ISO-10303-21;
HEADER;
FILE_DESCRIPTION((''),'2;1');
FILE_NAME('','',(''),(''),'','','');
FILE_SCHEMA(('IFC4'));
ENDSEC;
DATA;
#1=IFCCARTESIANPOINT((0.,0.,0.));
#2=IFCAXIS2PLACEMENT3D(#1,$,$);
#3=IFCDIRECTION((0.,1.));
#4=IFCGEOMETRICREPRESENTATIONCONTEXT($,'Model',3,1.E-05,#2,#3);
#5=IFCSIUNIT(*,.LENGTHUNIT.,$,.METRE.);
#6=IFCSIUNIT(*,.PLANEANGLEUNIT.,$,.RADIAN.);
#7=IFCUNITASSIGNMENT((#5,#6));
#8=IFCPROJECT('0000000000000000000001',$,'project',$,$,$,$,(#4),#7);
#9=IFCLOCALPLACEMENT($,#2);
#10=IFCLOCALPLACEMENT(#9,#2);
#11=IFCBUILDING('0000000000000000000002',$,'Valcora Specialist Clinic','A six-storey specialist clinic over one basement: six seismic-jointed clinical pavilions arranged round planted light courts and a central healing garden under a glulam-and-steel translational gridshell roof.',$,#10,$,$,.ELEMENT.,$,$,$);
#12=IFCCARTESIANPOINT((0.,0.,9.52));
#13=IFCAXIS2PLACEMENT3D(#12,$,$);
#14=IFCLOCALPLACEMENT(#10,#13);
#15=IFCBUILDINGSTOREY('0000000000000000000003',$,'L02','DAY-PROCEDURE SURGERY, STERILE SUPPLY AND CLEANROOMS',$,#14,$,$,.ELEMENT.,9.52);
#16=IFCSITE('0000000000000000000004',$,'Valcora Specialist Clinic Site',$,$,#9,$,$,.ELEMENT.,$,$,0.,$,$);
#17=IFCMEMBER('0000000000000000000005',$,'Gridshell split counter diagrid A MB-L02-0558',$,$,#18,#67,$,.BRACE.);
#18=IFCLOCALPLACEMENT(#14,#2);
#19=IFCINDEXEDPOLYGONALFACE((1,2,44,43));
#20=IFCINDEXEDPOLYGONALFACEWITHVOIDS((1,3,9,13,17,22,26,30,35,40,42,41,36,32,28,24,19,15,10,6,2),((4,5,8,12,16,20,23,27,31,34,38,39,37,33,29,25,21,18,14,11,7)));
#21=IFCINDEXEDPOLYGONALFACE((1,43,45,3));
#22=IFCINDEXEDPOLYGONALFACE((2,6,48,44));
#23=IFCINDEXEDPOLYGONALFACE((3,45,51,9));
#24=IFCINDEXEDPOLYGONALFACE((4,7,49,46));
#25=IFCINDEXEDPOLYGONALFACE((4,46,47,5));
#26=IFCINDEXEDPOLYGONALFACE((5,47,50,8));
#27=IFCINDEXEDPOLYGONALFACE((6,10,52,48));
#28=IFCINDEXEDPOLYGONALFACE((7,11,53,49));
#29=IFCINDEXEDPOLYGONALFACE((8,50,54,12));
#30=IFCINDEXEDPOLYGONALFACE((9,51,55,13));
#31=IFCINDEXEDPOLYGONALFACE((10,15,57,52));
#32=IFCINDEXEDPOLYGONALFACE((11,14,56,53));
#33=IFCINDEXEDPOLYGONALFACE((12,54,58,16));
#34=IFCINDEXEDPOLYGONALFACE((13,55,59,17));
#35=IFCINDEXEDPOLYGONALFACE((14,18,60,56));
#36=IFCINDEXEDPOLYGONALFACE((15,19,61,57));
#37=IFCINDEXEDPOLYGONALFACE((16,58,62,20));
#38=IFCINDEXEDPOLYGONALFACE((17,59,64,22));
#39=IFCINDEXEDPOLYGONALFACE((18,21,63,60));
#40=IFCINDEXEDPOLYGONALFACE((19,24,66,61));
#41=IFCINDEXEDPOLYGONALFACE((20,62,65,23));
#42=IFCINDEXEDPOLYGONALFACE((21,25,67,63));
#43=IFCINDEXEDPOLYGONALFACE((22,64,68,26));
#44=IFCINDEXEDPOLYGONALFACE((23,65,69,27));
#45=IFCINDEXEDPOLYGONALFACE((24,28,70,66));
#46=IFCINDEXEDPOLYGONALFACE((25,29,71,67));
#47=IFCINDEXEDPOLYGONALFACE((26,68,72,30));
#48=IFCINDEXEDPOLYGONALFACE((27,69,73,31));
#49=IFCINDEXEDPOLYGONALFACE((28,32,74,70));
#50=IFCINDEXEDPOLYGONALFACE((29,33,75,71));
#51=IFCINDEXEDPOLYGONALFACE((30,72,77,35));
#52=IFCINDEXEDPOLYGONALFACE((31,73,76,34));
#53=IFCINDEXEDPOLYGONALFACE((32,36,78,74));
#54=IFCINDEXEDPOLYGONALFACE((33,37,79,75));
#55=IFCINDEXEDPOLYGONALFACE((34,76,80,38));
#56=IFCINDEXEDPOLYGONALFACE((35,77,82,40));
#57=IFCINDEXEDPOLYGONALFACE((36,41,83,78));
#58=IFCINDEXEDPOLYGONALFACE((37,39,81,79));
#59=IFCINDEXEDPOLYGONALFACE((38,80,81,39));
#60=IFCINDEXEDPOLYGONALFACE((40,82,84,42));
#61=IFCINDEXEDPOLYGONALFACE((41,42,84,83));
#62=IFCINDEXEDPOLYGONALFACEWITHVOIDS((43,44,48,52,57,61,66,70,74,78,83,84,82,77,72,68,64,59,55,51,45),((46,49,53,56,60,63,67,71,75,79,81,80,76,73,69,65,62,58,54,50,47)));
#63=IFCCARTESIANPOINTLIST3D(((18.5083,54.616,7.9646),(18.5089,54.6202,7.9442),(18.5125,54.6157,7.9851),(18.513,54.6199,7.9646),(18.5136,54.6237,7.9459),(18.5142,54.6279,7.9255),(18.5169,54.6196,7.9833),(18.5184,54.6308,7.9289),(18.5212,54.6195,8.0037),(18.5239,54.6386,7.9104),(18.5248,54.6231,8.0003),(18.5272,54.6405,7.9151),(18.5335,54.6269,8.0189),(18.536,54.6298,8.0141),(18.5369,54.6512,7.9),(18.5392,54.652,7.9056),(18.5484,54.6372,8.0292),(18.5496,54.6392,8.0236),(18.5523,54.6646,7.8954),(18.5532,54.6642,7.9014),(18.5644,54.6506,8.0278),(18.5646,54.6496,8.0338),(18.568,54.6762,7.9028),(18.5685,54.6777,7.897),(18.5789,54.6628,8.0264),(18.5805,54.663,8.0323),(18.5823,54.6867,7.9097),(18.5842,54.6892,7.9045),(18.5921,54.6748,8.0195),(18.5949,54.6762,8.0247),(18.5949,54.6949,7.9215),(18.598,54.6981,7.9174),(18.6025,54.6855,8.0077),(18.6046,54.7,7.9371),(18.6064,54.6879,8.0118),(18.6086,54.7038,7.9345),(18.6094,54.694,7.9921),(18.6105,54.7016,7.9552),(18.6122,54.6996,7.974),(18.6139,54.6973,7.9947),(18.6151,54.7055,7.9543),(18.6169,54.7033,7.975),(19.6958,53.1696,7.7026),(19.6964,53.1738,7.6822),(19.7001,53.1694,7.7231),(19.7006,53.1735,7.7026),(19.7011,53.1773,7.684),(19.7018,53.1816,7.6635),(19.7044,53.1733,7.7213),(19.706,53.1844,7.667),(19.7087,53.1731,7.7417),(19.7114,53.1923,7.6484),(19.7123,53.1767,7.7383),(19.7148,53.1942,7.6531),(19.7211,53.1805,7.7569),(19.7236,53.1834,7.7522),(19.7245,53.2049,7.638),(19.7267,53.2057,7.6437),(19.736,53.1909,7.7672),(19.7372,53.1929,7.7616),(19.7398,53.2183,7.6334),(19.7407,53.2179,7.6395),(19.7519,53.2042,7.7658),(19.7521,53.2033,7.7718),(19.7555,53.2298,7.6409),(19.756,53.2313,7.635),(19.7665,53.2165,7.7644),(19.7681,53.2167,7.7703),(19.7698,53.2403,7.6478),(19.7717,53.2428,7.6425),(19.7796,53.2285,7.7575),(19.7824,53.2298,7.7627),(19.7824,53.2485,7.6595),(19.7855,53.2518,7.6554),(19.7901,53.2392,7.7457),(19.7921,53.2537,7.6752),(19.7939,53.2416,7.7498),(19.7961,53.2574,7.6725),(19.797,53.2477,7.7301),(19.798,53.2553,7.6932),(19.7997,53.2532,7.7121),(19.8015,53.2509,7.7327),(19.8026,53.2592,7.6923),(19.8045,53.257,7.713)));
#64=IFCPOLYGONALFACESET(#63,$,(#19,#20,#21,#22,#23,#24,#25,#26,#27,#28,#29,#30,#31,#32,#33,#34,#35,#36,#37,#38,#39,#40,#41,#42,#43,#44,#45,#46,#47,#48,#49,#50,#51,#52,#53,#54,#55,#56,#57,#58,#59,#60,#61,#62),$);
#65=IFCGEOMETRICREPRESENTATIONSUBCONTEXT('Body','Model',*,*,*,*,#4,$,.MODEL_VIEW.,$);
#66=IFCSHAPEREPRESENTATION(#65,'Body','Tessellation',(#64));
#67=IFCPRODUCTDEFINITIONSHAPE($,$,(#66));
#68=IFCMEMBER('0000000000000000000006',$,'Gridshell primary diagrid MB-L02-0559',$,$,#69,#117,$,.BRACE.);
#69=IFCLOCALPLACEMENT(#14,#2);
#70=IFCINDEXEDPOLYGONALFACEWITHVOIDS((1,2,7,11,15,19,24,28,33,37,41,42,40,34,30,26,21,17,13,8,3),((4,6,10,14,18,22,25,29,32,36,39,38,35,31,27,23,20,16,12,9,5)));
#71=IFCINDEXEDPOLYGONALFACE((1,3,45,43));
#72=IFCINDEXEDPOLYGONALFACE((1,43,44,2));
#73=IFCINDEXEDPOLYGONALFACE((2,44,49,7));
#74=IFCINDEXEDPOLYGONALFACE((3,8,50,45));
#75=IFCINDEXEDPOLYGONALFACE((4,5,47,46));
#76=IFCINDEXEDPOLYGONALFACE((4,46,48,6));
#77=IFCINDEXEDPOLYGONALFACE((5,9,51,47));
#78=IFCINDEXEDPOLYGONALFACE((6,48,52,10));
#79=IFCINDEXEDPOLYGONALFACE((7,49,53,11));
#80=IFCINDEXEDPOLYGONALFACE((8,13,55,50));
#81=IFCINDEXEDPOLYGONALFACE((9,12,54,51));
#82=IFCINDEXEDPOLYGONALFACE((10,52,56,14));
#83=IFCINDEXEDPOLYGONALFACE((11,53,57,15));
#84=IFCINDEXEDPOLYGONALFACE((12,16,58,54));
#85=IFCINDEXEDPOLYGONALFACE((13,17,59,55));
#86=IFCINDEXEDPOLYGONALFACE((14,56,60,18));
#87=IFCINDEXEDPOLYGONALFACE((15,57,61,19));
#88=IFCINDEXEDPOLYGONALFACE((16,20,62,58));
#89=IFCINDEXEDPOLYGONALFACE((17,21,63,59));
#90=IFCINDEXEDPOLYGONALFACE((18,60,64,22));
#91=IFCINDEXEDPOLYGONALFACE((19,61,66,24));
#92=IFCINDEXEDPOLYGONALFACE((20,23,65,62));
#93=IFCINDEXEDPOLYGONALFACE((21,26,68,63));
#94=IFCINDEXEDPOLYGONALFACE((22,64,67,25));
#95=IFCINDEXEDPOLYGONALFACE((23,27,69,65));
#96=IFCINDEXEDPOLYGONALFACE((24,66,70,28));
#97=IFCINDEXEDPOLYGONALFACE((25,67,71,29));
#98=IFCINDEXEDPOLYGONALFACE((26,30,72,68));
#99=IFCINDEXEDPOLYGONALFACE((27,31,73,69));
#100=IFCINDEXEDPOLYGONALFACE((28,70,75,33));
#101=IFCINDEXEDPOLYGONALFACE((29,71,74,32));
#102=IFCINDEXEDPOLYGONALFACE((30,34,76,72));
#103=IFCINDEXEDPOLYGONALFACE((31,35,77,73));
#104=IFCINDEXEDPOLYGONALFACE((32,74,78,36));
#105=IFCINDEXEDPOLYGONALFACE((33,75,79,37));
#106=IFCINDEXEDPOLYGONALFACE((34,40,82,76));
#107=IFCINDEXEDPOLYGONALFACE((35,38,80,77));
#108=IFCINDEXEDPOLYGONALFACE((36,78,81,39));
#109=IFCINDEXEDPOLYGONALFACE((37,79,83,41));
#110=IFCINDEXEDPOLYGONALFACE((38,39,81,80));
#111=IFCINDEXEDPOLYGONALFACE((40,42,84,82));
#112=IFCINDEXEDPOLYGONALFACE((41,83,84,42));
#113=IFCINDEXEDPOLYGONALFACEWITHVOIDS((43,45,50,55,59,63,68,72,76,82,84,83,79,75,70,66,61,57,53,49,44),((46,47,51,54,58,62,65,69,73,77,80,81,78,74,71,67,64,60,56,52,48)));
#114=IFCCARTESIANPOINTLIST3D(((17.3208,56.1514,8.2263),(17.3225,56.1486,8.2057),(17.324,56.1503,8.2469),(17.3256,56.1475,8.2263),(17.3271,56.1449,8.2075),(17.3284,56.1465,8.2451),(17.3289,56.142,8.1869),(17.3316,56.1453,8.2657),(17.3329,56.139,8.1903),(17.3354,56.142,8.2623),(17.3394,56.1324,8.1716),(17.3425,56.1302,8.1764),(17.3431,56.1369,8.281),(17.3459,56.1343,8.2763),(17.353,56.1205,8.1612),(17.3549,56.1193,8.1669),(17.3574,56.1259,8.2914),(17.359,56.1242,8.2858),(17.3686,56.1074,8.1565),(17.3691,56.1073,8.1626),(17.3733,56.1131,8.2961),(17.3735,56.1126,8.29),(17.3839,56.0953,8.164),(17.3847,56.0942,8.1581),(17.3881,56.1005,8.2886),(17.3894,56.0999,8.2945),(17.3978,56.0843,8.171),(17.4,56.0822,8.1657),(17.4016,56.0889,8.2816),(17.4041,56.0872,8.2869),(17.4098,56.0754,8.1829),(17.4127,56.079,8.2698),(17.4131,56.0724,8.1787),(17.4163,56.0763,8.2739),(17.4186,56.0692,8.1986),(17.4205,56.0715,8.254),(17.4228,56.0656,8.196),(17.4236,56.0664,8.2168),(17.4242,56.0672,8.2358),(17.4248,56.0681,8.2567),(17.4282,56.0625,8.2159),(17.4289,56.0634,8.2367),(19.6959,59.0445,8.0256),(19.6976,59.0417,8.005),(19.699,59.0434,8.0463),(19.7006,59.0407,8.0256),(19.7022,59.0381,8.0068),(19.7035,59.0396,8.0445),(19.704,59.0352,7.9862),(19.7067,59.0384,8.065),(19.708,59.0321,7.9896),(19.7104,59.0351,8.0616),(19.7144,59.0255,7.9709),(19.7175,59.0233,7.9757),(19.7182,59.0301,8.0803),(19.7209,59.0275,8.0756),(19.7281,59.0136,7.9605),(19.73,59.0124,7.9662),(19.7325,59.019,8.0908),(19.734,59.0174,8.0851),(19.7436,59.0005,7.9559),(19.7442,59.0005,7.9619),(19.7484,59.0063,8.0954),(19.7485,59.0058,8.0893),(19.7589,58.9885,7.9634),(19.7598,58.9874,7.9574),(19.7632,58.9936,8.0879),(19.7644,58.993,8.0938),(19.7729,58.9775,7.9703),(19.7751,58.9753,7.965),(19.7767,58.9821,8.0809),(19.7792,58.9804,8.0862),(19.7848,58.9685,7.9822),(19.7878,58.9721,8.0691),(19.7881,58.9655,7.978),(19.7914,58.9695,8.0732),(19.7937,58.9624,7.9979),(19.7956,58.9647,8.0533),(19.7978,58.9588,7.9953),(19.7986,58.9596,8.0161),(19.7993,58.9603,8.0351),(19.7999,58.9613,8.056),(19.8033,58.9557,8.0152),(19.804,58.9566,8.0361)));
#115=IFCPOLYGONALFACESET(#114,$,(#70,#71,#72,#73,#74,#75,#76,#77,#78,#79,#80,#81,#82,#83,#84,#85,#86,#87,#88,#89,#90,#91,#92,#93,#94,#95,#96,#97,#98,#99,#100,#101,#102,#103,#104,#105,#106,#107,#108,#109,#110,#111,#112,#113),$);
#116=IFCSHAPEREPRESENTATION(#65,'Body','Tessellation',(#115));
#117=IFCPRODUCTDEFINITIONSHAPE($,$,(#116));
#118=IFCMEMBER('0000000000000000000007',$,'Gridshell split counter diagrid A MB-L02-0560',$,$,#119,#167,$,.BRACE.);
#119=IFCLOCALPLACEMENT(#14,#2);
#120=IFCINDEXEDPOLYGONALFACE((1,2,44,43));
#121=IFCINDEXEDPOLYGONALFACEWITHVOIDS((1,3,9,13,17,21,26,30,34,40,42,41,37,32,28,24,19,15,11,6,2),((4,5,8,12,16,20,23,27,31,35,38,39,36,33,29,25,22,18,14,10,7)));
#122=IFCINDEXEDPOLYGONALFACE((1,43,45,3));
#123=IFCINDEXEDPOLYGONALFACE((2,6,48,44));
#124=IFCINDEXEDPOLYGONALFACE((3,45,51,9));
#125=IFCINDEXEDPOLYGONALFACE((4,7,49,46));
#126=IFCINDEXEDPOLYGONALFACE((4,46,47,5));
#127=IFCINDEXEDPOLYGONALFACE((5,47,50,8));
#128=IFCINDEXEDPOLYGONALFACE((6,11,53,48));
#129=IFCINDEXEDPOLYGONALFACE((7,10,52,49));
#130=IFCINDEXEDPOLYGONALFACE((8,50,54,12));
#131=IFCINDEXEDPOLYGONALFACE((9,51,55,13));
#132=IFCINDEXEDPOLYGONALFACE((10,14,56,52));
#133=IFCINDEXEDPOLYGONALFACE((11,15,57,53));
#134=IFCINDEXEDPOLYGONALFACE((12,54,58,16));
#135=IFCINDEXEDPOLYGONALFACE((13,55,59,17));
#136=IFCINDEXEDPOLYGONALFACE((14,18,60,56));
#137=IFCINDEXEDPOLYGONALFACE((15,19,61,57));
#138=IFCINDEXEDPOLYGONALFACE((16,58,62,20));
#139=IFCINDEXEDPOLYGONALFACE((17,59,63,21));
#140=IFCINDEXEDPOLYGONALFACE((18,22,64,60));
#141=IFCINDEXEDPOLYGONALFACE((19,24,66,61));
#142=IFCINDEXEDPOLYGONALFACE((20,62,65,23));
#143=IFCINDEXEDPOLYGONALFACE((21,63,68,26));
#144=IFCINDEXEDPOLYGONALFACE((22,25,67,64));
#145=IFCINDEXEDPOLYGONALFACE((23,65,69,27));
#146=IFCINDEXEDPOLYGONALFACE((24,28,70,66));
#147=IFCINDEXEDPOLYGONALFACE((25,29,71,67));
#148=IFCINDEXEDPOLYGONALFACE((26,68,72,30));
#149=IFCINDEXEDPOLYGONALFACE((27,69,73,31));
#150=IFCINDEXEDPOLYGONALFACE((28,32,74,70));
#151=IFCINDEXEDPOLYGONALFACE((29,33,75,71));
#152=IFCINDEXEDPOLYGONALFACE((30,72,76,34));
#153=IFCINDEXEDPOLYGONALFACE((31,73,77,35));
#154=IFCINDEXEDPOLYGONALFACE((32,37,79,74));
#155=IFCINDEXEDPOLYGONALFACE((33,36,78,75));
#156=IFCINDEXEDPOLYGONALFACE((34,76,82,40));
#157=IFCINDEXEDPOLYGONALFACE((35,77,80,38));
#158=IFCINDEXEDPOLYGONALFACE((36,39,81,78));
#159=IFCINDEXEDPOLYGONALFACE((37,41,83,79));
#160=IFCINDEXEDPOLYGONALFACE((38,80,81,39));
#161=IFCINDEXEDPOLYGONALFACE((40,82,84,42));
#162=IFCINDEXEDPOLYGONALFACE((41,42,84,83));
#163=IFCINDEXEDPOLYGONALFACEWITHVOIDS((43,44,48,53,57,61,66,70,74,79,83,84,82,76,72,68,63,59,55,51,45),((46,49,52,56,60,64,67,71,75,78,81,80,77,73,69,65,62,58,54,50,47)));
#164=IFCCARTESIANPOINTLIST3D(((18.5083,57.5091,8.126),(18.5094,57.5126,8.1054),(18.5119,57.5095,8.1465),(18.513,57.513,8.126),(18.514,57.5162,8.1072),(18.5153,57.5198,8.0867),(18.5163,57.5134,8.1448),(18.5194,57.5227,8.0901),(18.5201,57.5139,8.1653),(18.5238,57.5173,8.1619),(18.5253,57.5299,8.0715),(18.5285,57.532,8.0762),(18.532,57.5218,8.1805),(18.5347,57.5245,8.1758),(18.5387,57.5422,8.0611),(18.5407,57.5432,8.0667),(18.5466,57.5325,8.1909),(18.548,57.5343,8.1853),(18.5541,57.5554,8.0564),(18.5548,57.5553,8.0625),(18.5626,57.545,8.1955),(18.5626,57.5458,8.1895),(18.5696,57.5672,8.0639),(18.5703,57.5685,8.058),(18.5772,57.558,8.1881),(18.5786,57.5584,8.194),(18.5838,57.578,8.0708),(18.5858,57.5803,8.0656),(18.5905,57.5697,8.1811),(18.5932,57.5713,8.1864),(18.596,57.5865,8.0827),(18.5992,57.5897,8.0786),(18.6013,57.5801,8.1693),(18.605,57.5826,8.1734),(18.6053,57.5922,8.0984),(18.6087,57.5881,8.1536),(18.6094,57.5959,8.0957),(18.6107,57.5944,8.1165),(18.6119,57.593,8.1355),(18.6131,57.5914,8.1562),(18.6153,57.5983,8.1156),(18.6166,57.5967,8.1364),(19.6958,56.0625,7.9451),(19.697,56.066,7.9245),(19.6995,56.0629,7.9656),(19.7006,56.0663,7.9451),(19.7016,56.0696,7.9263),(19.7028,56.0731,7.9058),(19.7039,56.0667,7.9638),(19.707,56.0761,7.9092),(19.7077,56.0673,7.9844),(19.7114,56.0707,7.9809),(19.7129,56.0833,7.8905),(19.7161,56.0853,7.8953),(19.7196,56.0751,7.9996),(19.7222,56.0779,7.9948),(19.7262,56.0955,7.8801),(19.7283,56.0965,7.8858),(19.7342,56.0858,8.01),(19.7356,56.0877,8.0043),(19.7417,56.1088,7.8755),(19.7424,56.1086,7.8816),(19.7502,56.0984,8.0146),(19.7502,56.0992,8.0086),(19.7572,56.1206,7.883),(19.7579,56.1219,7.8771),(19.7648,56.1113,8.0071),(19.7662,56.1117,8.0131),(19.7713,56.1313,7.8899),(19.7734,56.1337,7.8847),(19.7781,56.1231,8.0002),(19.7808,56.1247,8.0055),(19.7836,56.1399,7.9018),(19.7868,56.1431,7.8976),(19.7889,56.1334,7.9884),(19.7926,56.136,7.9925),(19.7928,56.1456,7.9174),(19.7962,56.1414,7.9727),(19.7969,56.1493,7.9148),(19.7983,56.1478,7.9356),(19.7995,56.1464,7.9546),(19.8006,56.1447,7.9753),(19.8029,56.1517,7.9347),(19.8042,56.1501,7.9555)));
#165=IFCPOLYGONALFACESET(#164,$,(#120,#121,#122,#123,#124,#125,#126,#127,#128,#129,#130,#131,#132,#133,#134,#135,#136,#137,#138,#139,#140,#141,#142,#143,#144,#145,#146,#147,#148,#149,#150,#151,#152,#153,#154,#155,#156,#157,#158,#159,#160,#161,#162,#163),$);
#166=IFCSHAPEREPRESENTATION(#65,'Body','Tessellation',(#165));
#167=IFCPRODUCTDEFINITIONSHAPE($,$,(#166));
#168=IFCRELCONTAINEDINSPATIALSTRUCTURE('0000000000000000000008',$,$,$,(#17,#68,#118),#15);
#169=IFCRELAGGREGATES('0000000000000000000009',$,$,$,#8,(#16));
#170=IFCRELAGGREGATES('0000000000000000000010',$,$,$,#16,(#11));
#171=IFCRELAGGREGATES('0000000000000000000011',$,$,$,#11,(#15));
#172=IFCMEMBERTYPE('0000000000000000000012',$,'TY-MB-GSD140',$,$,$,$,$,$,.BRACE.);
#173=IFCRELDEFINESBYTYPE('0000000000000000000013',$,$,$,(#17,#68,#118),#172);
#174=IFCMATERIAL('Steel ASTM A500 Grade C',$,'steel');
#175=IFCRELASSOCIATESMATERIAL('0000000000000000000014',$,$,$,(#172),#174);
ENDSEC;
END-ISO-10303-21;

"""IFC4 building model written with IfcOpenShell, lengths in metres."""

from ifc_helpers import new_model, si_unit, direction, frame, origin, origin_2d, place, context, subcontext, project, spatial, hollow_circle, extrude, material, material_profile, profile_set, type_object, element, save


model = new_model("IFC4")

# Units and contexts
model_context = context("Model", 3, precision=1e-05, world=origin(), true_north=direction((0.0, 1.0)))
body_context = subcontext(model_context, "Body", "Model", "MODEL_VIEW")
ifc_project = project(units=[si_unit("LENGTHUNIT", "METRE"), si_unit("PLANEANGLEUNIT", "RADIAN")], contexts=[model_context])

# Site, building, storey
site_placement = place(None, origin())
site = spatial("IfcSite", under=ifc_project, at=site_placement, Name="Valcora Specialist Clinic Site", CompositionType="ELEMENT", RefElevation=0.0)
building_placement = place(site_placement, origin())
building = spatial("IfcBuilding", under=site, at=building_placement, Name="Valcora Specialist Clinic", Description="A six-storey specialist clinic over one basement: six seismic-jointed clinical pavilions arranged round planted light courts and a central healing garden under a glulam-and-steel translational gridshell roof.", CompositionType="ELEMENT")
storey_placement = place(building_placement, frame((0.0, 0.0, 9.52)))
storey = spatial("IfcBuildingStorey", under=building, at=storey_placement, Name="L02", Description="DAY-PROCEDURE SURGERY, STERILE SUPPLY AND CLEANROOMS", CompositionType="ELEMENT", Elevation=9.52)

# Members
ifc_material_1 = material(Name="Steel ASTM A500 Grade C", Category="steel")
ifc_material_profile_1 = material_profile(ifc_material_1, hollow_circle(Radius=0.0701, WallThickness=0.0061, at=origin_2d()), Name="ST-CHS-140X6")
ifc_profile_set_1 = profile_set([ifc_material_profile_1], Name="Steel ASTM A500 Grade C")
member_type_1 = type_object("IfcMemberType", Name="TY-MB-GSD140", PredefinedType="BRACE", material=ifc_profile_set_1)
member_1_placement = place(storey_placement, frame((19.75, 53.2141, 7.7026), z_axis=(-0.628445, 0.7654, 0.138635), x_axis=(-0.772863, -0.634572, 0.0)))
element("IfcMember", 1, at=member_1_placement, inside=storey, type_object=member_type_1, Name="Gridshell split counter diagrid A MB-L02-0558", PredefinedType="BRACE", context=body_context, shape_type="SweptSolid", body=[
    extrude(hollow_circle(Radius=0.0701, WallThickness=0.0061, at=origin_2d()), origin(), (0.0, 0.0, 1.0), 1.8896),
])
member_2_placement = place(storey_placement, frame((17.375, 56.1069, 8.2263), z_axis=(0.633598, 0.771807, -0.053538), x_axis=(-0.772916, 0.634508, 0.0)))
element("IfcMember", 2, at=member_2_placement, inside=storey, type_object=member_type_1, Name="Gridshell primary diagrid MB-L02-0559", PredefinedType="BRACE", context=body_context, shape_type="SweptSolid", body=[
    extrude(hollow_circle(Radius=0.0701, WallThickness=0.0061, at=origin_2d()), origin(), (0.0, 0.0, 1.0), 3.7485),
])
member_3_placement = place(storey_placement, frame((19.75, 56.1069, 7.9451), z_axis=(-0.631565, 0.76933, 0.096215), x_axis=(-0.772916, -0.634508, 0.0)))
element("IfcMember", 3, at=member_3_placement, inside=storey, type_object=member_type_1, Name="Gridshell split counter diagrid A MB-L02-0560", PredefinedType="BRACE", context=body_context, shape_type="SweptSolid", body=[
    extrude(hollow_circle(Radius=0.0701, WallThickness=0.0061, at=origin_2d()), origin(), (0.0, 0.0, 1.0), 1.8804),
])

save(model, "model.ifc")
